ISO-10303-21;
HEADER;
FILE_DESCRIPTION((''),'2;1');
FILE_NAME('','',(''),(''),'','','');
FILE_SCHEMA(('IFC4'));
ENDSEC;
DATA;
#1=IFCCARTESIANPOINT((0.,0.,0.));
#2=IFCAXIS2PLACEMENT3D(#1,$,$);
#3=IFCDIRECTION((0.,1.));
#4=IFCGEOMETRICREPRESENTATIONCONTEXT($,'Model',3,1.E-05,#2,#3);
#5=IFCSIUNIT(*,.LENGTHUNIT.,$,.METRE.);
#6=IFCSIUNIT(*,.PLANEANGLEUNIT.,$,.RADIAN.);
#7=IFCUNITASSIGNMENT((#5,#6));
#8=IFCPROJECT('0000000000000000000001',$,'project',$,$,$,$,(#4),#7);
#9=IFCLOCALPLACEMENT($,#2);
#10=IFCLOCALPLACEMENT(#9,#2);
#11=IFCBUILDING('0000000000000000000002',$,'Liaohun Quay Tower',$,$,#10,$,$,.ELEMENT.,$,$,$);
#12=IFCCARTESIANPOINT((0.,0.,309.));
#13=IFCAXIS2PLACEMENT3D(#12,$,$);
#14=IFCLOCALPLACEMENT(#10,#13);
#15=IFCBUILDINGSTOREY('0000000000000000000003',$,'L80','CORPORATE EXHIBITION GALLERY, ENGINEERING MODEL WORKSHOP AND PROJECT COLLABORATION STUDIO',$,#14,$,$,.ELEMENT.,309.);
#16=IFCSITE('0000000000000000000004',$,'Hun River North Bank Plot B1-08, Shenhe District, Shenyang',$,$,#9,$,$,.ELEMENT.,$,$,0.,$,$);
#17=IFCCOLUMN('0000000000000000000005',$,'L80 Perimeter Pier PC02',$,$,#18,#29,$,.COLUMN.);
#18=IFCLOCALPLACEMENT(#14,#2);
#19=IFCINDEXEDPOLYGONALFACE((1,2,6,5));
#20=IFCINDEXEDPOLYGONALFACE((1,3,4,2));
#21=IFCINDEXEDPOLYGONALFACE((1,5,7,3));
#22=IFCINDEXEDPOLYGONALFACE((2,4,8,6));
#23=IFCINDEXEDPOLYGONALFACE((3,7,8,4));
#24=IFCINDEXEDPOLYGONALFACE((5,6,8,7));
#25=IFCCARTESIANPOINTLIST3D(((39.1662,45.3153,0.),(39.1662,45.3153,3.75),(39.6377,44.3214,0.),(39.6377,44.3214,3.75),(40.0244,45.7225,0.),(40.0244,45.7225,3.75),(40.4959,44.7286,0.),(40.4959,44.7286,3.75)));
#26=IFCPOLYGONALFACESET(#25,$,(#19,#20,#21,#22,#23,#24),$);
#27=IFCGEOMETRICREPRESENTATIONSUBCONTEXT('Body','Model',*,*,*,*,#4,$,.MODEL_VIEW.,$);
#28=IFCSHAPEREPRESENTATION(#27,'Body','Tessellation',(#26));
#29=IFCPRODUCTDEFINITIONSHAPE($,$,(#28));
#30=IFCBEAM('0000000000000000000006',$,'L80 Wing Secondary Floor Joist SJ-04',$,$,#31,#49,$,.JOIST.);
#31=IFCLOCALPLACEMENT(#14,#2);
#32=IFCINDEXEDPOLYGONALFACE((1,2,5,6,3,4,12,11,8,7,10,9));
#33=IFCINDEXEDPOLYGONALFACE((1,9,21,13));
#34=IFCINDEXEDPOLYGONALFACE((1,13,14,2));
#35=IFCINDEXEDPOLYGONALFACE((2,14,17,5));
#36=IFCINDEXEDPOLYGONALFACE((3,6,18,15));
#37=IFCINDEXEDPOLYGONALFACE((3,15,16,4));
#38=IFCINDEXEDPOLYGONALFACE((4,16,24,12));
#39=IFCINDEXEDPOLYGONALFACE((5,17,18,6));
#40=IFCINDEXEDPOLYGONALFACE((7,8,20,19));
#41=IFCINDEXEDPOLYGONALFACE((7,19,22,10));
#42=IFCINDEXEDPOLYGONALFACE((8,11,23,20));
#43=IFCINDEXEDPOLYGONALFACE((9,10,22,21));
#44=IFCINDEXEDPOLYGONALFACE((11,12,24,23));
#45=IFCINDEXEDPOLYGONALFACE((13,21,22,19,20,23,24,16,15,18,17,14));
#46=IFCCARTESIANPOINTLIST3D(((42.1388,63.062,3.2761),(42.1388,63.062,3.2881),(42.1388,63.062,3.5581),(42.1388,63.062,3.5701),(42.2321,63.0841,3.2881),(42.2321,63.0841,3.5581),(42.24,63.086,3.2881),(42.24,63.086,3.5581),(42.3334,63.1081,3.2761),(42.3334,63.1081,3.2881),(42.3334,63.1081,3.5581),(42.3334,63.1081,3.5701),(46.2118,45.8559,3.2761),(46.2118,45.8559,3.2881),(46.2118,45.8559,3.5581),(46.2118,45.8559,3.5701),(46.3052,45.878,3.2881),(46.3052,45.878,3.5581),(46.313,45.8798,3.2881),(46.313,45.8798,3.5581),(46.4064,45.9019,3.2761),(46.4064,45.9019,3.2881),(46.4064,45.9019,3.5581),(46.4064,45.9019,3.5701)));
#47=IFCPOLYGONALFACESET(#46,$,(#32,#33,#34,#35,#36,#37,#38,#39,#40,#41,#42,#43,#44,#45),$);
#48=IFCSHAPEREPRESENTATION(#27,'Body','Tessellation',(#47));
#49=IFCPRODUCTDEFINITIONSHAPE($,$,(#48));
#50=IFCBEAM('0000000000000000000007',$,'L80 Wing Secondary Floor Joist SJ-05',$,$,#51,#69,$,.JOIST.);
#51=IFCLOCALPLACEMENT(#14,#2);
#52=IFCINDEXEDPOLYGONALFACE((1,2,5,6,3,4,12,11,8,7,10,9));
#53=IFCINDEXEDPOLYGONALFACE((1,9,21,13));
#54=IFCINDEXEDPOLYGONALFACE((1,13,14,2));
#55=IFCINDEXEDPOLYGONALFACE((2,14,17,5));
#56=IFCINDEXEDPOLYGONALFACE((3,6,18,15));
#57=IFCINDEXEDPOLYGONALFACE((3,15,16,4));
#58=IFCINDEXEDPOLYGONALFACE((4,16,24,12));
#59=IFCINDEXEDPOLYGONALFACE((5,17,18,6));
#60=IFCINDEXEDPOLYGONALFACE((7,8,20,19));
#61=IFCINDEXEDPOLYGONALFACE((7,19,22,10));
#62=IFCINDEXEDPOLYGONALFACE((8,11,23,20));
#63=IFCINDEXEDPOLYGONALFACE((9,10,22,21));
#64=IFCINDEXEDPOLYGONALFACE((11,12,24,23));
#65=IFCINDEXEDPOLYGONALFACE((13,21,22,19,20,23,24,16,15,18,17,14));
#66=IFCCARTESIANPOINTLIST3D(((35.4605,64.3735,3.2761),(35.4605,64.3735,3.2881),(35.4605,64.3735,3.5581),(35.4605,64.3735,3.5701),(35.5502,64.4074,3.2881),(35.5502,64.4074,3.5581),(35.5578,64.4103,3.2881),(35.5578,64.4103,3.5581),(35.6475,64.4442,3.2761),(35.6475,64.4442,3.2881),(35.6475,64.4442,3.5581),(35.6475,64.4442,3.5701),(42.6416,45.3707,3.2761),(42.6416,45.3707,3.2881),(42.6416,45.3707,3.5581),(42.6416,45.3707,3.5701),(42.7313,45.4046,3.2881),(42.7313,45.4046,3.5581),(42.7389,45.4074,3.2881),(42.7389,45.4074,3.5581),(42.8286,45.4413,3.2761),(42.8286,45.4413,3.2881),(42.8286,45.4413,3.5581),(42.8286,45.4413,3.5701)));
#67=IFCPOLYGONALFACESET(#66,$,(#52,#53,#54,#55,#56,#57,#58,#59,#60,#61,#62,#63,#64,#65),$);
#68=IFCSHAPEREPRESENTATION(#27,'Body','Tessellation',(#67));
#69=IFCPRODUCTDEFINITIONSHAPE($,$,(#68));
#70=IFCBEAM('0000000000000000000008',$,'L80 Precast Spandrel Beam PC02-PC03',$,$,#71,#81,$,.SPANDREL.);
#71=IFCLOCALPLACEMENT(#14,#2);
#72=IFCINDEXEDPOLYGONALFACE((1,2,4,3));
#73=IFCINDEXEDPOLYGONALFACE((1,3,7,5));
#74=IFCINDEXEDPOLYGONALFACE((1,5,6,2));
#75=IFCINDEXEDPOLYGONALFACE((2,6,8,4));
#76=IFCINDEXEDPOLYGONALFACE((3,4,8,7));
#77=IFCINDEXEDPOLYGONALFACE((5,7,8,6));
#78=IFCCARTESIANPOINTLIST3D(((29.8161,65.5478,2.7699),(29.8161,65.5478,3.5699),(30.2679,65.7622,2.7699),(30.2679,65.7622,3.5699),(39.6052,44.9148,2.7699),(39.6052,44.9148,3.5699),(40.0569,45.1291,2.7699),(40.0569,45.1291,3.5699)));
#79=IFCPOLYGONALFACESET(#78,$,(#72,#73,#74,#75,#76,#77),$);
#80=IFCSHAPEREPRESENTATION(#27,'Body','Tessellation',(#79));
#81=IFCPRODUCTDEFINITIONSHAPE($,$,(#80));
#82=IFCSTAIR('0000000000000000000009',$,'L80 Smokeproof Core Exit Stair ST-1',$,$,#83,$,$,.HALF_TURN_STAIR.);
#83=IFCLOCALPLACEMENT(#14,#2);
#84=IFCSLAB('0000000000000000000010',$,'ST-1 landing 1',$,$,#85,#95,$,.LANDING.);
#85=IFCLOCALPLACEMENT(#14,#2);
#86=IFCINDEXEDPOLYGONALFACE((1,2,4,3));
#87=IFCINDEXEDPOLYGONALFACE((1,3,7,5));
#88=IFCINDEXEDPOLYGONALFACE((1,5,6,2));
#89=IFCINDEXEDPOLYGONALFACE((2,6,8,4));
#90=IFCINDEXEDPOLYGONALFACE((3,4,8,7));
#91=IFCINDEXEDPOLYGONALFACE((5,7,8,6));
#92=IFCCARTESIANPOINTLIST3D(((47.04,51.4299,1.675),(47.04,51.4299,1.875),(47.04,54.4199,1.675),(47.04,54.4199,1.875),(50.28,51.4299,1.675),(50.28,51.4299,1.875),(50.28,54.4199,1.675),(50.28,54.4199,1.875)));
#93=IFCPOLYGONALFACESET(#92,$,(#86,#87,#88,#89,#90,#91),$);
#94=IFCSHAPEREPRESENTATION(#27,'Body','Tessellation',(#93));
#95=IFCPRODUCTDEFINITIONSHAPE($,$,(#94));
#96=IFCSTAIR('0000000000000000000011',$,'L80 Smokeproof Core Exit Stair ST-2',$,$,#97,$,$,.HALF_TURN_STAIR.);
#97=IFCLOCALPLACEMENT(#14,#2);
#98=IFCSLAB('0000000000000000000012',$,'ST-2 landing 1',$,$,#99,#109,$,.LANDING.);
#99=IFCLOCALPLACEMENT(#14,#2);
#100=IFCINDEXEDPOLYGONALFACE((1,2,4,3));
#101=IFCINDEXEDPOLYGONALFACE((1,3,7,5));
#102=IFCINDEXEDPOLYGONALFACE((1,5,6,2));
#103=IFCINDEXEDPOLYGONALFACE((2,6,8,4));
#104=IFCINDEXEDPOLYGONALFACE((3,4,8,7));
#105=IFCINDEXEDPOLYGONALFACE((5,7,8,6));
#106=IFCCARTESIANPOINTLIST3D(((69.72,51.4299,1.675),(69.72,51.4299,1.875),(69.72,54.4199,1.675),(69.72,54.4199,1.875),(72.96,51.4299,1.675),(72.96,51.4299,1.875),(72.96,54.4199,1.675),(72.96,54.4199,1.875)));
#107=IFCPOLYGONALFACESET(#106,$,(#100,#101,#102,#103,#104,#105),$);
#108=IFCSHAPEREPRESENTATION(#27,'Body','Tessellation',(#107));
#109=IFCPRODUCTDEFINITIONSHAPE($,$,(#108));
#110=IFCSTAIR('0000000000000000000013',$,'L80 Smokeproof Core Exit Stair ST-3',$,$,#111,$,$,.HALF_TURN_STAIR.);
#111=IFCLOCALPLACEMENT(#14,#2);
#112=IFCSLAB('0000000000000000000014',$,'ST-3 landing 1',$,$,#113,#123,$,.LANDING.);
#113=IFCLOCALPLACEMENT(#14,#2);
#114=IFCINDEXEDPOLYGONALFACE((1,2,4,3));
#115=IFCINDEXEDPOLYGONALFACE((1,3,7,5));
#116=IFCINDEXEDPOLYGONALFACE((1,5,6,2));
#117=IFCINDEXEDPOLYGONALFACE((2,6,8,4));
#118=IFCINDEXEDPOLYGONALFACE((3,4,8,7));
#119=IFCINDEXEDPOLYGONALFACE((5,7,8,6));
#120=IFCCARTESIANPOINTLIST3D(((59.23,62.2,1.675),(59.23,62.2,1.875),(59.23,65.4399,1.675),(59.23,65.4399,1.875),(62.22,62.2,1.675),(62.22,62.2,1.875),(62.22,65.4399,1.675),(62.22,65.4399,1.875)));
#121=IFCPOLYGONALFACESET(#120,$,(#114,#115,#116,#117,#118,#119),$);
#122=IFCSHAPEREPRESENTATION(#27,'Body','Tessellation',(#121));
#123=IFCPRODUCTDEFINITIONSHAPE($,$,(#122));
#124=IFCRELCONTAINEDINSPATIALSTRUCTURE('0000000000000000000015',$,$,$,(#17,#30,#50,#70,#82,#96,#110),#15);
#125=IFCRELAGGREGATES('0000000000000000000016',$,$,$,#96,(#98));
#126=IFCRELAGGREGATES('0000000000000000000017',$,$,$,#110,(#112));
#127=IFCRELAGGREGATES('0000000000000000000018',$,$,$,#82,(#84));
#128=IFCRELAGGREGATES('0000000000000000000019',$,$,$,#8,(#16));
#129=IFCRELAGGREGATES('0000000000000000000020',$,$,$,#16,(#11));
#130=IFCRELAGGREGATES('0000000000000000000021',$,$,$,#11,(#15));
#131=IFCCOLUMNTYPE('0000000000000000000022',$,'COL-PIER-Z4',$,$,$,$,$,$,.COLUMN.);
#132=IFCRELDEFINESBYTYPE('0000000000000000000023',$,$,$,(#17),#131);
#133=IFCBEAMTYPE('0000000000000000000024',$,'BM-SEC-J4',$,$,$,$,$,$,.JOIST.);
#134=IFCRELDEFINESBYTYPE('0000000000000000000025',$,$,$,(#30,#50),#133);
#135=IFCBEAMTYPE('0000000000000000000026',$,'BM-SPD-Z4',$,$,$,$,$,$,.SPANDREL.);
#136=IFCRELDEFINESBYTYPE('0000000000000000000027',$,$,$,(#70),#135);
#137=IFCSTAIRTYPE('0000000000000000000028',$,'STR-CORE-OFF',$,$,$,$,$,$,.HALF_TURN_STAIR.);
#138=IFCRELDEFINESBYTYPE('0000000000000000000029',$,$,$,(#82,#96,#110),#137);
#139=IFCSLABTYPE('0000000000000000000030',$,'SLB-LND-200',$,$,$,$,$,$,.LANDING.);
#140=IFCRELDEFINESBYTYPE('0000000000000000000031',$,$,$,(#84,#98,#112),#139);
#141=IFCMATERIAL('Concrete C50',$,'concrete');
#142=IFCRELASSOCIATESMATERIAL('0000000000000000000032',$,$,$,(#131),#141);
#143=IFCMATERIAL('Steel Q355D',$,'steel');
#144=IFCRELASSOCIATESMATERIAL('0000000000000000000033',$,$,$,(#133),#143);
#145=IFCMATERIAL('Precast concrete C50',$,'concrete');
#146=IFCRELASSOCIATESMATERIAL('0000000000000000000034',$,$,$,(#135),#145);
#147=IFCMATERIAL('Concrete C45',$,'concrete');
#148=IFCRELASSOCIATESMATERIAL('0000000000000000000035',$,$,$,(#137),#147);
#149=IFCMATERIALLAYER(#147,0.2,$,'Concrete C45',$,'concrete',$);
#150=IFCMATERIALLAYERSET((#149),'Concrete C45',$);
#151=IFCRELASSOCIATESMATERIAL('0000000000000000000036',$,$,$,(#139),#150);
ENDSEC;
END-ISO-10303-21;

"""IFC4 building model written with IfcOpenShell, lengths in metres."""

from ifc_helpers import new_model, si_unit, direction, frame, origin, origin_2d, place, context, subcontext, project, spatial, polyline, rectangle, i_section, outline, extrude, source, transform, mapped, material, layer, layer_set, material_profile, profile_set, type_object, element, aggregate, save


model = new_model("IFC4")

# Units and contexts
model_context = context("Model", 3, precision=1e-05, world=origin(), true_north=direction((0.0, 1.0)))
body_context = subcontext(model_context, "Body", "Model", "MODEL_VIEW")
ifc_project = project(units=[si_unit("LENGTHUNIT", "METRE"), si_unit("PLANEANGLEUNIT", "RADIAN")], contexts=[model_context])

# Site, building, storey
site_placement = place(None, origin())
site = spatial("IfcSite", under=ifc_project, at=site_placement, Name="Hun River North Bank Plot B1-08, Shenhe District, Shenyang", CompositionType="ELEMENT", RefElevation=0.0)
building_placement = place(site_placement, origin())
building = spatial("IfcBuilding", under=site, at=building_placement, Name="Liaohun Quay Tower", CompositionType="ELEMENT")
storey_placement = place(building_placement, frame((0.0, 0.0, 309.0)))
storey = spatial("IfcBuildingStorey", under=building, at=storey_placement, Name="L80", Description="CORPORATE EXHIBITION GALLERY, ENGINEERING MODEL WORKSHOP AND PROJECT COLLABORATION STUDIO", CompositionType="ELEMENT", Elevation=309.0)

# Column
ifc_material_1 = material(Name="Concrete C50", Category="concrete")
ifc_material_profile_1 = material_profile(ifc_material_1, rectangle(XDim=1.1001, YDim=0.95, at=origin_2d()), Name="RC1100x950")
ifc_profile_set_1 = profile_set([ifc_material_profile_1], Name="Concrete C50")
column_type = type_object("IfcColumnType", Name="COL-PIER-Z4", PredefinedType="COLUMN", material=ifc_profile_set_1)
shared_shape_1 = source(origin(), body_context, "Body", "SweptSolid", [
    extrude(rectangle(XDim=1.1001, YDim=0.95, at=origin_2d()), origin(), (0.0, 0.0, 1.0), 3.75),
])
column_placement = place(storey_placement, frame((39.8311, 45.022, 0.0), z_axis=(0.0, 0.0, 1.0), x_axis=(-0.42862, 0.903485, 0.0)))
element("IfcColumn", 1, at=column_placement, inside=storey, type_object=column_type, Name="L80 Perimeter Pier PC02", PredefinedType="COLUMN", context=body_context, shape_type="MappedRepresentation", body=[
    mapped(shared_shape_1, transform((0.0, 0.0, 0.0), x_axis=(1.0, 0.0, 0.0), y_axis=(0.0, 1.0, 0.0), z_axis=(0.0, 0.0, 1.0), scale=1.0)),
])

# Beams
ifc_material_2 = material(Name="Steel Q355D", Category="steel")
ifc_material_profile_2 = material_profile(ifc_material_2, i_section(OverallWidth=0.2, OverallDepth=0.2939, WebThickness=0.0081, FlangeThickness=0.012, at=origin_2d()), Name="HM294x200x8x12")
ifc_profile_set_2 = profile_set([ifc_material_profile_2], Name="Steel Q355D")
beam_type_1 = type_object("IfcBeamType", Name="BM-SEC-J4", PredefinedType="JOIST", material=ifc_profile_set_2)
shared_shape_2 = source(origin(), body_context, "Body", "SweptSolid", [
    extrude(i_section(OverallWidth=0.2, OverallDepth=0.2939, WebThickness=0.0081, FlangeThickness=0.012, at=origin_2d()), origin(), (0.0, 0.0, 1.0), 17.6816),
])
beam_1_placement = place(storey_placement, frame((46.3091, 45.8789, 3.4231), z_axis=(-0.230353, 0.973107, 0.0), x_axis=(-0.973107, -0.230353, 0.0)))
element("IfcBeam", 2, at=beam_1_placement, inside=storey, type_object=beam_type_1, Name="L80 Wing Secondary Floor Joist SJ-04", PredefinedType="JOIST", context=body_context, shape_type="MappedRepresentation", body=[
    mapped(shared_shape_2, transform((0.0, 0.0, 0.0), x_axis=(1.0, 0.0, 0.0), y_axis=(0.0, 1.0, 0.0), z_axis=(0.0, 0.0, 1.0), scale=1.0)),
])
shared_shape_3 = source(origin(), body_context, "Body", "SweptSolid", [
    extrude(i_section(OverallWidth=0.2, OverallDepth=0.2939, WebThickness=0.0081, FlangeThickness=0.012, at=origin_2d()), origin(), (0.0, 0.0, 1.0), 20.3145),
])
beam_2_placement = place(storey_placement, frame((42.7351, 45.406, 3.4231), z_axis=(-0.353498, 0.935435, 0.0), x_axis=(-0.935435, -0.353498, 0.0)))
element("IfcBeam", 3, at=beam_2_placement, inside=storey, type_object=beam_type_1, Name="L80 Wing Secondary Floor Joist SJ-05", PredefinedType="JOIST", context=body_context, shape_type="MappedRepresentation", body=[
    mapped(shared_shape_3, transform((0.0, 0.0, 0.0), x_axis=(1.0, 0.0, 0.0), y_axis=(0.0, 1.0, 0.0), z_axis=(0.0, 0.0, 1.0), scale=1.0)),
])
ifc_material_3 = material(Name="Precast concrete C50", Category="concrete")
ifc_material_profile_3 = material_profile(ifc_material_3, rectangle(XDim=0.5, YDim=0.8, at=origin_2d()), Name="RC500x800")
ifc_profile_set_3 = profile_set([ifc_material_profile_3], Name="Precast concrete C50")
beam_type_2 = type_object("IfcBeamType", Name="BM-SPD-Z4", PredefinedType="SPANDREL", material=ifc_profile_set_3)
shared_shape_4 = source(origin(), body_context, "Body", "SweptSolid", [
    extrude(rectangle(XDim=0.5, YDim=0.8, at=origin_2d()), origin(), (0.0, 0.0, 1.0), 22.8374),
])
beam_3_placement = place(storey_placement, frame((39.8311, 45.022, 3.1699), z_axis=(-0.428641, 0.903475, 0.0), x_axis=(-0.903475, -0.428641, 0.0)))
element("IfcBeam", 4, at=beam_3_placement, inside=storey, type_object=beam_type_2, Name="L80 Precast Spandrel Beam PC02-PC03", PredefinedType="SPANDREL", context=body_context, shape_type="MappedRepresentation", body=[
    mapped(shared_shape_4, transform((0.0, 0.0, 0.0), x_axis=(1.0, 0.0, 0.0), y_axis=(0.0, 1.0, 0.0), z_axis=(0.0, 0.0, 1.0), scale=1.0)),
])

# Stairs, slabs
ifc_material_4 = material(Name="Concrete C45", Category="concrete")
stair_type = type_object("IfcStairType", Name="STR-CORE-OFF", PredefinedType="HALF_TURN_STAIR", material=ifc_material_4)
stair_1_placement = place(storey_placement, origin())
stair_1 = element("IfcStair", 5, at=stair_1_placement, inside=storey, type_object=stair_type, Name="L80 Smokeproof Core Exit Stair ST-1", PredefinedType="HALF_TURN_STAIR")
ifc_layer_1 = layer(ifc_material_4, 0.2, Name="Concrete C45", Category="concrete")
ifc_layer_set_1 = layer_set([ifc_layer_1], Name="Concrete C45")
slab_type_1 = type_object("IfcSlabType", Name="SLB-LND-200", PredefinedType="LANDING", material=ifc_layer_set_1)
slab_1_placement = place(storey_placement, frame((0.0, 0.0, 1.675)))
slab_1 = element("IfcSlab", 6, at=slab_1_placement, type_object=slab_type_1, Name="ST-1 landing 1", PredefinedType="LANDING", context=body_context, shape_type="SweptSolid", body=[
    extrude(outline(polyline([(50.28, 51.4299), (50.28, 54.4199), (47.04, 54.4199), (47.04, 51.4299), (50.28, 51.4299)])), origin(), (0.0, 0.0, 1.0), 0.2),
])
stair_2_placement = place(storey_placement, origin())
stair_2 = element("IfcStair", 7, at=stair_2_placement, inside=storey, type_object=stair_type, Name="L80 Smokeproof Core Exit Stair ST-2", PredefinedType="HALF_TURN_STAIR")
slab_2_placement = place(storey_placement, frame((0.0, 0.0, 1.675)))
slab_2 = element("IfcSlab", 8, at=slab_2_placement, type_object=slab_type_1, Name="ST-2 landing 1", PredefinedType="LANDING", context=body_context, shape_type="SweptSolid", body=[
    extrude(outline(polyline([(72.96, 51.4299), (72.96, 54.4199), (69.72, 54.4199), (69.72, 51.4299), (72.96, 51.4299)])), origin(), (0.0, 0.0, 1.0), 0.2),
])
aggregate(stair_2, [slab_2])
stair_3_placement = place(storey_placement, origin())
stair_3 = element("IfcStair", 9, at=stair_3_placement, inside=storey, type_object=stair_type, Name="L80 Smokeproof Core Exit Stair ST-3", PredefinedType="HALF_TURN_STAIR")
slab_3_placement = place(storey_placement, frame((0.0, 0.0, 1.675)))
slab_3 = element("IfcSlab", 10, at=slab_3_placement, type_object=slab_type_1, Name="ST-3 landing 1", PredefinedType="LANDING", context=body_context, shape_type="SweptSolid", body=[
    extrude(outline(polyline([(59.23, 62.2), (62.22, 62.2), (62.22, 65.4399), (59.23, 65.4399), (59.23, 62.2)])), origin(), (0.0, 0.0, 1.0), 0.2),
])
aggregate(stair_3, [slab_3])

aggregate(stair_1, [slab_1])

save(model, "model.ifc")
